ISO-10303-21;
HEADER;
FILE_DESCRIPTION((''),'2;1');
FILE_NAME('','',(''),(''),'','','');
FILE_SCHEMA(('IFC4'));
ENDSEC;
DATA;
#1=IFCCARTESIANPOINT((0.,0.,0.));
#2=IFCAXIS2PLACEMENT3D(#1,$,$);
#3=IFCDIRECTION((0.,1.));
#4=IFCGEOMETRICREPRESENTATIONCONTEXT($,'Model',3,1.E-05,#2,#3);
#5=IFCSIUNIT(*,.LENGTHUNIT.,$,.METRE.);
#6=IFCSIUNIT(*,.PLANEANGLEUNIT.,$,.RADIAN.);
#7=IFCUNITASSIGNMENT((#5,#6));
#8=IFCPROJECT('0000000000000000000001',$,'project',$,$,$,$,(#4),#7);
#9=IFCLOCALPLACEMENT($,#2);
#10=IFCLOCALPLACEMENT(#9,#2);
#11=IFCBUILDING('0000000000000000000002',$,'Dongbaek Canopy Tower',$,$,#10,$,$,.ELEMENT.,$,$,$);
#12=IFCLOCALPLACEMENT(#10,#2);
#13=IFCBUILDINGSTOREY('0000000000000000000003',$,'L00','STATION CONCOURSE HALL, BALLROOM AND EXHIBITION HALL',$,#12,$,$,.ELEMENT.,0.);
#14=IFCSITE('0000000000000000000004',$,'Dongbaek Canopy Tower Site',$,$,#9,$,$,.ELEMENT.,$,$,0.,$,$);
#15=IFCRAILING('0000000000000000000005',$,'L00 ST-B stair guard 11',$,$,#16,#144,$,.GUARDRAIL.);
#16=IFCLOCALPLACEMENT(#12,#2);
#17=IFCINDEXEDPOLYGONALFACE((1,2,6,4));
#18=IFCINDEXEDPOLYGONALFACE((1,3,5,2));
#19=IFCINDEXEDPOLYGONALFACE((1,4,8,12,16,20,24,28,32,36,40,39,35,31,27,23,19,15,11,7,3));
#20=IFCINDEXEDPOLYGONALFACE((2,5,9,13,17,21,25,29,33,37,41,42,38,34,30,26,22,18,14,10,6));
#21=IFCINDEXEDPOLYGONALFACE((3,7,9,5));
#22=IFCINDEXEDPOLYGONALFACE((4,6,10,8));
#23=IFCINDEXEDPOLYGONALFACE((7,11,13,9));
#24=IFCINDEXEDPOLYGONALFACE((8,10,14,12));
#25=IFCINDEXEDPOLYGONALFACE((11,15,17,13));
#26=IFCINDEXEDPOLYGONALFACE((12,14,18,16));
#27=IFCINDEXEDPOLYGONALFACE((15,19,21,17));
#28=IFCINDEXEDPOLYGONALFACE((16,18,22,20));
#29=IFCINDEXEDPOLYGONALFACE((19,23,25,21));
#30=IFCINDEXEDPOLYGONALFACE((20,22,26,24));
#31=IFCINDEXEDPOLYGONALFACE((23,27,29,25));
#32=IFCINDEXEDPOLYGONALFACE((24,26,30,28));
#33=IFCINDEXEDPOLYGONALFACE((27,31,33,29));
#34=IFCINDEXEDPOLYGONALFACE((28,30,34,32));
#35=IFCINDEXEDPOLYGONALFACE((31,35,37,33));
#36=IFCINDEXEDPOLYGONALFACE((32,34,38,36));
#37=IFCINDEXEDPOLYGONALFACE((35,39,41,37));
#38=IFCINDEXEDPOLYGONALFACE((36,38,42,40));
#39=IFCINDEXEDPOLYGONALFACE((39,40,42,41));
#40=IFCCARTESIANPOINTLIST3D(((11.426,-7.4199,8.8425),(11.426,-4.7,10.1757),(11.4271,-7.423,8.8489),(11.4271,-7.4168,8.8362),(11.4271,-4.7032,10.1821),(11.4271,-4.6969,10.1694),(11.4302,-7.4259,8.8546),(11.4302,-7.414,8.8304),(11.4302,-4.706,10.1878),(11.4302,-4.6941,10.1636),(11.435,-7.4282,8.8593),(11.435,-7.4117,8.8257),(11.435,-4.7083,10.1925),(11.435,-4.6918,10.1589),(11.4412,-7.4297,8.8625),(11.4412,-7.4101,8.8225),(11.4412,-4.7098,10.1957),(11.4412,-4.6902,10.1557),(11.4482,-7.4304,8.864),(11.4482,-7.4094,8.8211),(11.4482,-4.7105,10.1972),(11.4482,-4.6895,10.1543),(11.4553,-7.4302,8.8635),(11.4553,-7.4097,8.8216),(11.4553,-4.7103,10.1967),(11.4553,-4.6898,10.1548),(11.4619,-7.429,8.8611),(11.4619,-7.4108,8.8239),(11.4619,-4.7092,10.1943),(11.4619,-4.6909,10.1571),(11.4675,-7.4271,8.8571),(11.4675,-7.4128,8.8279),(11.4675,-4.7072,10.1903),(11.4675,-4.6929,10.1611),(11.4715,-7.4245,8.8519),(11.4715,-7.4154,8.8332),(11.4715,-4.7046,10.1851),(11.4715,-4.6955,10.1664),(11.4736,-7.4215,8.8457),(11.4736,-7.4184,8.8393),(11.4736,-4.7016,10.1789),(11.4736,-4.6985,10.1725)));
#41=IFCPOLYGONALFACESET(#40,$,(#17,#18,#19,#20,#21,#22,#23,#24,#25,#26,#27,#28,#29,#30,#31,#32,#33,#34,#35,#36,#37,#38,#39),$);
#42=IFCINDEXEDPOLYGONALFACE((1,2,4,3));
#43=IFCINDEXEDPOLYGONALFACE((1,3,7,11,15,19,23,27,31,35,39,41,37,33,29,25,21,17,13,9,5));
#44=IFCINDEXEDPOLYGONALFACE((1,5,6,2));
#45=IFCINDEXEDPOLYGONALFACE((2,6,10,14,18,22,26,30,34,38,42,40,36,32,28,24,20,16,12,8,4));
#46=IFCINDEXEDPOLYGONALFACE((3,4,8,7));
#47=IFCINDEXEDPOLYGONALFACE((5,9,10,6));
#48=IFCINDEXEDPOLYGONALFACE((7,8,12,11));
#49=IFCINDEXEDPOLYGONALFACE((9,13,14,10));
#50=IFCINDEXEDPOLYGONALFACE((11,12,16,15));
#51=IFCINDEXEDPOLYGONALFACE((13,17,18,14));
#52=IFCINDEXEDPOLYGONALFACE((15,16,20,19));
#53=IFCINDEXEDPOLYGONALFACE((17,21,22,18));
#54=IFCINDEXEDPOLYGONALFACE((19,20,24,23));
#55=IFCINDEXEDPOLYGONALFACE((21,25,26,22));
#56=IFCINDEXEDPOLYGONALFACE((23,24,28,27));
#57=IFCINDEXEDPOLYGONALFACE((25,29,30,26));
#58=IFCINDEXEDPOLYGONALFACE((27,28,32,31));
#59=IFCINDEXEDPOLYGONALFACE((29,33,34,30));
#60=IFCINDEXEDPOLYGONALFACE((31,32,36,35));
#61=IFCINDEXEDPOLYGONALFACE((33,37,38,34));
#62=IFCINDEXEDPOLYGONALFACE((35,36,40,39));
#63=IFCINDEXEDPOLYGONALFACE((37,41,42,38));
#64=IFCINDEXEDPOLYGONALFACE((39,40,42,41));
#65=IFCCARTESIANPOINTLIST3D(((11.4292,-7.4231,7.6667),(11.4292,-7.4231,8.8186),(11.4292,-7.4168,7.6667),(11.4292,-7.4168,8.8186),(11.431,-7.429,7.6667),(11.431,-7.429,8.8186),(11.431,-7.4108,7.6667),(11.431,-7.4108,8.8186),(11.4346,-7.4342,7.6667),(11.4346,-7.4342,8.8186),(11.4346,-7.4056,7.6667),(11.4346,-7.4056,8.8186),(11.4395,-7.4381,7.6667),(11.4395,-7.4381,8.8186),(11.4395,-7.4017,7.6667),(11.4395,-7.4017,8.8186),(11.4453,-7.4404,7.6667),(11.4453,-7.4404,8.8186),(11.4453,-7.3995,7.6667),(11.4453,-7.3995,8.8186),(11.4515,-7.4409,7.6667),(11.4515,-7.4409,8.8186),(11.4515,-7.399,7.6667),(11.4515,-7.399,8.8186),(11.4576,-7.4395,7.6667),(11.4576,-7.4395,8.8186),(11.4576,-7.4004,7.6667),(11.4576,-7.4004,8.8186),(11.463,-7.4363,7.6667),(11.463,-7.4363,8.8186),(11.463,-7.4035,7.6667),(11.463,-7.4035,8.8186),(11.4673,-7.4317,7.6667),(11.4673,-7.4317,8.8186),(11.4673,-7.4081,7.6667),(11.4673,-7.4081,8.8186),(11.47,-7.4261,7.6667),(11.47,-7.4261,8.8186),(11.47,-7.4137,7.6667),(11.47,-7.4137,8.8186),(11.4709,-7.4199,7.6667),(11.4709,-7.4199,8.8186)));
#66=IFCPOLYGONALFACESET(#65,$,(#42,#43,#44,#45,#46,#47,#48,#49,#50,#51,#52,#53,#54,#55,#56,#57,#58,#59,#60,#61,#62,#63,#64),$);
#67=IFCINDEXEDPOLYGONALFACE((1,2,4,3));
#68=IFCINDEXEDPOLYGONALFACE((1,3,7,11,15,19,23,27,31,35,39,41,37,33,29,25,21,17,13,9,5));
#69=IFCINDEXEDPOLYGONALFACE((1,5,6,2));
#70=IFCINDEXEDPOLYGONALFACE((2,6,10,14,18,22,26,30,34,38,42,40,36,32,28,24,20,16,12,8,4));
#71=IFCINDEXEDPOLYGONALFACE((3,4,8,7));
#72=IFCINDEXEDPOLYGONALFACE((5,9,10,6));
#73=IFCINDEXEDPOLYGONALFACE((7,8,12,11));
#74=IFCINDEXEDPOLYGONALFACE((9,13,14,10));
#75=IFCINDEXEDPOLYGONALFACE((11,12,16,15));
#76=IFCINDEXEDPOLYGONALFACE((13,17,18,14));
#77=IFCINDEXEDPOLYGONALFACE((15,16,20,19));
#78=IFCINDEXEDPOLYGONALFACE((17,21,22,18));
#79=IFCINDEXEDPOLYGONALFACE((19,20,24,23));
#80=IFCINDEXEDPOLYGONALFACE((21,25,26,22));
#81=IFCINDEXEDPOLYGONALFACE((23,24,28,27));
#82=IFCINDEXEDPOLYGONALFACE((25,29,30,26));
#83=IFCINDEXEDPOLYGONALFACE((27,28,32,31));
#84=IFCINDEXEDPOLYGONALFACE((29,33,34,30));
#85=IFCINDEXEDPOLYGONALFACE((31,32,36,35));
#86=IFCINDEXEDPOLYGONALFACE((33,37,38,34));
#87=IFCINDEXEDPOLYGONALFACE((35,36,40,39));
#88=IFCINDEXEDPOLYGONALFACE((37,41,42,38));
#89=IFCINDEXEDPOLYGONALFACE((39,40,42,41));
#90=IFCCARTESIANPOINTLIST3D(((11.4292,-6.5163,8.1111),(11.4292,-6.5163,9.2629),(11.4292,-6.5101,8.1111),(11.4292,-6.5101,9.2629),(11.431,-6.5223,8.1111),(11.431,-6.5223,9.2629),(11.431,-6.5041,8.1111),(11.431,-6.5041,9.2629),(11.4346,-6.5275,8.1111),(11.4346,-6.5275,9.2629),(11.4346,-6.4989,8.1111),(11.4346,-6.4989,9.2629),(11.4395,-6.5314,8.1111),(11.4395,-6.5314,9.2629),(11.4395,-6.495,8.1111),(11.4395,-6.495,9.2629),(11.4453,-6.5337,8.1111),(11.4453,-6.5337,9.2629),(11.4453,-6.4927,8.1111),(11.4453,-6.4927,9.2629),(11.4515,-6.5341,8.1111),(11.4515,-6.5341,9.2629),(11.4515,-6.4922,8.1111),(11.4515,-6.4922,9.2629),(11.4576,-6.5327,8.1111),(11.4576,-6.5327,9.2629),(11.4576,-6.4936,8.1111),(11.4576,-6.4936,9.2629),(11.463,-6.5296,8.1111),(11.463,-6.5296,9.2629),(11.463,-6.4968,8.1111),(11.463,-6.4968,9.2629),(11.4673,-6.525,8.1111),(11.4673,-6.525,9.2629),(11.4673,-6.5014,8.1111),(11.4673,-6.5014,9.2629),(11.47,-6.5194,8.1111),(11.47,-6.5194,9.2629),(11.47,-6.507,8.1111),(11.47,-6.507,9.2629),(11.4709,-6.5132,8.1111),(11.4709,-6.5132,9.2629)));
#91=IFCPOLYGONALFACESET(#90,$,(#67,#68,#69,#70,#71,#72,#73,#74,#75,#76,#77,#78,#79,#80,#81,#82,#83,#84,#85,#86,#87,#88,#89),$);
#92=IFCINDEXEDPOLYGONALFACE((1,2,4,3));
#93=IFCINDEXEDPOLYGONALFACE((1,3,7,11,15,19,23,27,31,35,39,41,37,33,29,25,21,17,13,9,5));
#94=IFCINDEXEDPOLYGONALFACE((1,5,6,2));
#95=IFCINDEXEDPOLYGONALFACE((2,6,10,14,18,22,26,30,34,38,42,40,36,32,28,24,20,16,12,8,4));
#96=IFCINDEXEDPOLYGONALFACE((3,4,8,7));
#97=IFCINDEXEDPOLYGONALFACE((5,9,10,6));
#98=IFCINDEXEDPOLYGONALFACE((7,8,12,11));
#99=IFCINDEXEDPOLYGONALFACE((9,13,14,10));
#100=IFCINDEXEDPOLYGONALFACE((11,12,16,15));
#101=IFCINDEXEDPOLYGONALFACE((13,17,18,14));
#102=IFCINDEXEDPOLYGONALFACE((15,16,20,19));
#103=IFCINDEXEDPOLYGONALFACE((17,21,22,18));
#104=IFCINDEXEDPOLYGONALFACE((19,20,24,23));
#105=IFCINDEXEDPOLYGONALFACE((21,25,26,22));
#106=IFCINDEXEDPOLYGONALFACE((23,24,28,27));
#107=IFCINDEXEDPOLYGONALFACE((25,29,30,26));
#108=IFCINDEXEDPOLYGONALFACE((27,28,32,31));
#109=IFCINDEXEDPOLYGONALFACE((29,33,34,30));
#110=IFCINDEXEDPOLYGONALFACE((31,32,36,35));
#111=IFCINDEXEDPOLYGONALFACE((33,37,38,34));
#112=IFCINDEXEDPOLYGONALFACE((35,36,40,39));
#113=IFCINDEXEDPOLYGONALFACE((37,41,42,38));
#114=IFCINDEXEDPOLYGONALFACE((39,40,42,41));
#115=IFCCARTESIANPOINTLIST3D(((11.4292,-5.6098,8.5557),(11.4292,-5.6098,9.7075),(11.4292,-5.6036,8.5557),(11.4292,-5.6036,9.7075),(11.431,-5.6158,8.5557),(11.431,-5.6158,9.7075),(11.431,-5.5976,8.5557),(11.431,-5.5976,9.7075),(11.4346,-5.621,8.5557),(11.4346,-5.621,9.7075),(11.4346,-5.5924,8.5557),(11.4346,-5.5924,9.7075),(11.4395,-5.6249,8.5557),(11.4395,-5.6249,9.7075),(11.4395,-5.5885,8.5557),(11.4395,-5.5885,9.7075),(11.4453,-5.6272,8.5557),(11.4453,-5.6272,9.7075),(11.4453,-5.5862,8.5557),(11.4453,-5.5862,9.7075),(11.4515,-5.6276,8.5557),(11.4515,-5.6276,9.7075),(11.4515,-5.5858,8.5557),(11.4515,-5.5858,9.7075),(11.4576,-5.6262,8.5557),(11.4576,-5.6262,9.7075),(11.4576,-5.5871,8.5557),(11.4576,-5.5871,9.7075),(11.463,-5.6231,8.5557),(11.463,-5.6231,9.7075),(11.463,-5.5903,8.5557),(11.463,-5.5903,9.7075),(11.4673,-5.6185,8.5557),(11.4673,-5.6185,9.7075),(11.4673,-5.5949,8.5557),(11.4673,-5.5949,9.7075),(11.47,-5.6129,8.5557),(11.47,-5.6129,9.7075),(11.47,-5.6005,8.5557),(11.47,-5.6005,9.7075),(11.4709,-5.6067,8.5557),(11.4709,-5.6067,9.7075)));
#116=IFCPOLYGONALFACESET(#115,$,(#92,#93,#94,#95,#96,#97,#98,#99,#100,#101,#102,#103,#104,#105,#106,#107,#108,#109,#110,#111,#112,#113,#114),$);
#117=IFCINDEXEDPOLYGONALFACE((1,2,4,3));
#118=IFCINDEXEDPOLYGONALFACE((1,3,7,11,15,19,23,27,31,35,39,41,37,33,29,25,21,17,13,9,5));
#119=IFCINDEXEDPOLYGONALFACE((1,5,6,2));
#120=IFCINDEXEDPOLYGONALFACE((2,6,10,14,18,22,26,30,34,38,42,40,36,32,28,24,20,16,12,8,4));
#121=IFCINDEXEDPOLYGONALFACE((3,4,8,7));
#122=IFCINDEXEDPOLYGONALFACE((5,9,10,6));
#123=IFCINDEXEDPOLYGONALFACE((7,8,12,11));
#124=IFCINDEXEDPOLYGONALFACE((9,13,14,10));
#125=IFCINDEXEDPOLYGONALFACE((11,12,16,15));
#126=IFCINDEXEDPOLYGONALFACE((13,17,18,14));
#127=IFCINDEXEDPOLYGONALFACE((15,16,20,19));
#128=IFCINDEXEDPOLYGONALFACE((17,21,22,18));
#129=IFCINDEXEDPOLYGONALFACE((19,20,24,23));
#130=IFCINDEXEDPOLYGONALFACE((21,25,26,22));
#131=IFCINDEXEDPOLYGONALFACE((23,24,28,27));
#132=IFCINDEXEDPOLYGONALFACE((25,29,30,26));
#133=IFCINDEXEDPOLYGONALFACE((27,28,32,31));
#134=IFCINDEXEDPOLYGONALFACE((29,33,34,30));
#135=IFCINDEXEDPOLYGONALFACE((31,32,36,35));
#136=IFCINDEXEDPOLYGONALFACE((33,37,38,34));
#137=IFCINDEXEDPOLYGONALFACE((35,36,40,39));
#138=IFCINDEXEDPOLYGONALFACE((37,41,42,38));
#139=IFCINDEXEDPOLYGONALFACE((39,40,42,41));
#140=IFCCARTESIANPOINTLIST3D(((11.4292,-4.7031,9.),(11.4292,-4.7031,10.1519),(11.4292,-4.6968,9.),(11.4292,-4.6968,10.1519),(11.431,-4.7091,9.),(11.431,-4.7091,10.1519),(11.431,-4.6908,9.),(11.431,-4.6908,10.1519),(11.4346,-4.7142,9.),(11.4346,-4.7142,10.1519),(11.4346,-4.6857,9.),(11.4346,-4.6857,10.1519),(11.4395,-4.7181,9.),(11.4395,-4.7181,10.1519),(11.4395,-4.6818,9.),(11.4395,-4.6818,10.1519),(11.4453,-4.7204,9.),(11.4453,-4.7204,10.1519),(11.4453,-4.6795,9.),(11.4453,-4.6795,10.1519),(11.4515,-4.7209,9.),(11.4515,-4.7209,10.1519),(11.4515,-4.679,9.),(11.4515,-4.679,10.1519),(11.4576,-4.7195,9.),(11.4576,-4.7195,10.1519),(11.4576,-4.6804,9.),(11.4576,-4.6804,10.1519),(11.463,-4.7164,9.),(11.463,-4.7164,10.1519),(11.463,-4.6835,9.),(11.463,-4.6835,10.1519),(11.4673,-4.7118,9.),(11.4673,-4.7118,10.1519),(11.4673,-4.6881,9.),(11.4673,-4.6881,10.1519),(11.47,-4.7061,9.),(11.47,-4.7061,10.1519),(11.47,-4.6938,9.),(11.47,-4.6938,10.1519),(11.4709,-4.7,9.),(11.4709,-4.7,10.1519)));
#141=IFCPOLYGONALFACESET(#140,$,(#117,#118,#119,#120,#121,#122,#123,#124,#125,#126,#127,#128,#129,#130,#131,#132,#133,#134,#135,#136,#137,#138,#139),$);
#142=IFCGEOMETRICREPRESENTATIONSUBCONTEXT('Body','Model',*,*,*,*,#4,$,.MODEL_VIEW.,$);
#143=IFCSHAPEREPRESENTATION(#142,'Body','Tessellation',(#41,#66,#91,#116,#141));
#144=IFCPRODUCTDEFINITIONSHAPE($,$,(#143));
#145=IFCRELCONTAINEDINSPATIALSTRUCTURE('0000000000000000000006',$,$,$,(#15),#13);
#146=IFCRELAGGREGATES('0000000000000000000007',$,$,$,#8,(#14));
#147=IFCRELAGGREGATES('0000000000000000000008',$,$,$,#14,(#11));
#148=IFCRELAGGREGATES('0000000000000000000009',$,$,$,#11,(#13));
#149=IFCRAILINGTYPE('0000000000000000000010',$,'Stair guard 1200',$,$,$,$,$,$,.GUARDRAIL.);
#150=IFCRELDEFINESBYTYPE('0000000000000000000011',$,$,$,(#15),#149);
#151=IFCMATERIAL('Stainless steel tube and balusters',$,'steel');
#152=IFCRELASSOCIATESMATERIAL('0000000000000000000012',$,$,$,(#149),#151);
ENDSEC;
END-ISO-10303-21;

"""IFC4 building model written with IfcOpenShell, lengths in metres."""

from ifc_helpers import new_model, si_unit, direction, frame, origin, origin_2d, place, context, subcontext, project, spatial, circle, extrude, material, type_object, element, save


model = new_model("IFC4")

# Units and contexts
model_context = context("Model", 3, precision=1e-05, world=origin(), true_north=direction((0.0, 1.0)))
body_context = subcontext(model_context, "Body", "Model", "MODEL_VIEW")
ifc_project = project(units=[si_unit("LENGTHUNIT", "METRE"), si_unit("PLANEANGLEUNIT", "RADIAN")], contexts=[model_context])

# Site, building, storey
site_placement = place(None, origin())
site = spatial("IfcSite", under=ifc_project, at=site_placement, Name="Dongbaek Canopy Tower Site", CompositionType="ELEMENT", RefElevation=0.0)
building_placement = place(site_placement, origin())
building = spatial("IfcBuilding", under=site, at=building_placement, Name="Dongbaek Canopy Tower", CompositionType="ELEMENT")
storey_placement = place(building_placement, origin())
storey = spatial("IfcBuildingStorey", under=building, at=storey_placement, Name="L00", Description="STATION CONCOURSE HALL, BALLROOM AND EXHIBITION HALL", CompositionType="ELEMENT", Elevation=0.0)

# Railing
ifc_material_1 = material(Name="Stainless steel tube and balusters", Category="steel")
railing_type_1 = type_object("IfcRailingType", Name="Stair guard 1200", PredefinedType="GUARDRAIL", material=ifc_material_1)
railing_1_placement = place(storey_placement, frame((11.45, -7.4199, 7.6667)))
element("IfcRailing", 1, at=railing_1_placement, inside=storey, type_object=railing_type_1, Name="L00 ST-B stair guard 11", PredefinedType="GUARDRAIL", context=body_context, shape_type="SweptSolid", body=[
    extrude(circle(Radius=0.0239, at=origin_2d()), frame((0.0, 0.0, 1.1758), z_axis=(0.0, 0.897929, 0.440139), x_axis=(-1.0, 0.0, 0.0)), (0.0, 0.0, 1.0), 3.0291),
    extrude(circle(Radius=0.021, at=origin_2d()), origin(), (0.0, 0.0, 1.0), 1.1519),
    extrude(circle(Radius=0.021, at=origin_2d()), frame((0.0, 0.9067, 0.4443)), (0.0, 0.0, 1.0), 1.1519),
    extrude(circle(Radius=0.021, at=origin_2d()), frame((0.0, 1.8132, 0.8889)), (0.0, 0.0, 1.0), 1.1519),
    extrude(circle(Radius=0.021, at=origin_2d()), frame((0.0, 2.72, 1.3333)), (0.0, 0.0, 1.0), 1.1519),
])

save(model, "model.ifc")
